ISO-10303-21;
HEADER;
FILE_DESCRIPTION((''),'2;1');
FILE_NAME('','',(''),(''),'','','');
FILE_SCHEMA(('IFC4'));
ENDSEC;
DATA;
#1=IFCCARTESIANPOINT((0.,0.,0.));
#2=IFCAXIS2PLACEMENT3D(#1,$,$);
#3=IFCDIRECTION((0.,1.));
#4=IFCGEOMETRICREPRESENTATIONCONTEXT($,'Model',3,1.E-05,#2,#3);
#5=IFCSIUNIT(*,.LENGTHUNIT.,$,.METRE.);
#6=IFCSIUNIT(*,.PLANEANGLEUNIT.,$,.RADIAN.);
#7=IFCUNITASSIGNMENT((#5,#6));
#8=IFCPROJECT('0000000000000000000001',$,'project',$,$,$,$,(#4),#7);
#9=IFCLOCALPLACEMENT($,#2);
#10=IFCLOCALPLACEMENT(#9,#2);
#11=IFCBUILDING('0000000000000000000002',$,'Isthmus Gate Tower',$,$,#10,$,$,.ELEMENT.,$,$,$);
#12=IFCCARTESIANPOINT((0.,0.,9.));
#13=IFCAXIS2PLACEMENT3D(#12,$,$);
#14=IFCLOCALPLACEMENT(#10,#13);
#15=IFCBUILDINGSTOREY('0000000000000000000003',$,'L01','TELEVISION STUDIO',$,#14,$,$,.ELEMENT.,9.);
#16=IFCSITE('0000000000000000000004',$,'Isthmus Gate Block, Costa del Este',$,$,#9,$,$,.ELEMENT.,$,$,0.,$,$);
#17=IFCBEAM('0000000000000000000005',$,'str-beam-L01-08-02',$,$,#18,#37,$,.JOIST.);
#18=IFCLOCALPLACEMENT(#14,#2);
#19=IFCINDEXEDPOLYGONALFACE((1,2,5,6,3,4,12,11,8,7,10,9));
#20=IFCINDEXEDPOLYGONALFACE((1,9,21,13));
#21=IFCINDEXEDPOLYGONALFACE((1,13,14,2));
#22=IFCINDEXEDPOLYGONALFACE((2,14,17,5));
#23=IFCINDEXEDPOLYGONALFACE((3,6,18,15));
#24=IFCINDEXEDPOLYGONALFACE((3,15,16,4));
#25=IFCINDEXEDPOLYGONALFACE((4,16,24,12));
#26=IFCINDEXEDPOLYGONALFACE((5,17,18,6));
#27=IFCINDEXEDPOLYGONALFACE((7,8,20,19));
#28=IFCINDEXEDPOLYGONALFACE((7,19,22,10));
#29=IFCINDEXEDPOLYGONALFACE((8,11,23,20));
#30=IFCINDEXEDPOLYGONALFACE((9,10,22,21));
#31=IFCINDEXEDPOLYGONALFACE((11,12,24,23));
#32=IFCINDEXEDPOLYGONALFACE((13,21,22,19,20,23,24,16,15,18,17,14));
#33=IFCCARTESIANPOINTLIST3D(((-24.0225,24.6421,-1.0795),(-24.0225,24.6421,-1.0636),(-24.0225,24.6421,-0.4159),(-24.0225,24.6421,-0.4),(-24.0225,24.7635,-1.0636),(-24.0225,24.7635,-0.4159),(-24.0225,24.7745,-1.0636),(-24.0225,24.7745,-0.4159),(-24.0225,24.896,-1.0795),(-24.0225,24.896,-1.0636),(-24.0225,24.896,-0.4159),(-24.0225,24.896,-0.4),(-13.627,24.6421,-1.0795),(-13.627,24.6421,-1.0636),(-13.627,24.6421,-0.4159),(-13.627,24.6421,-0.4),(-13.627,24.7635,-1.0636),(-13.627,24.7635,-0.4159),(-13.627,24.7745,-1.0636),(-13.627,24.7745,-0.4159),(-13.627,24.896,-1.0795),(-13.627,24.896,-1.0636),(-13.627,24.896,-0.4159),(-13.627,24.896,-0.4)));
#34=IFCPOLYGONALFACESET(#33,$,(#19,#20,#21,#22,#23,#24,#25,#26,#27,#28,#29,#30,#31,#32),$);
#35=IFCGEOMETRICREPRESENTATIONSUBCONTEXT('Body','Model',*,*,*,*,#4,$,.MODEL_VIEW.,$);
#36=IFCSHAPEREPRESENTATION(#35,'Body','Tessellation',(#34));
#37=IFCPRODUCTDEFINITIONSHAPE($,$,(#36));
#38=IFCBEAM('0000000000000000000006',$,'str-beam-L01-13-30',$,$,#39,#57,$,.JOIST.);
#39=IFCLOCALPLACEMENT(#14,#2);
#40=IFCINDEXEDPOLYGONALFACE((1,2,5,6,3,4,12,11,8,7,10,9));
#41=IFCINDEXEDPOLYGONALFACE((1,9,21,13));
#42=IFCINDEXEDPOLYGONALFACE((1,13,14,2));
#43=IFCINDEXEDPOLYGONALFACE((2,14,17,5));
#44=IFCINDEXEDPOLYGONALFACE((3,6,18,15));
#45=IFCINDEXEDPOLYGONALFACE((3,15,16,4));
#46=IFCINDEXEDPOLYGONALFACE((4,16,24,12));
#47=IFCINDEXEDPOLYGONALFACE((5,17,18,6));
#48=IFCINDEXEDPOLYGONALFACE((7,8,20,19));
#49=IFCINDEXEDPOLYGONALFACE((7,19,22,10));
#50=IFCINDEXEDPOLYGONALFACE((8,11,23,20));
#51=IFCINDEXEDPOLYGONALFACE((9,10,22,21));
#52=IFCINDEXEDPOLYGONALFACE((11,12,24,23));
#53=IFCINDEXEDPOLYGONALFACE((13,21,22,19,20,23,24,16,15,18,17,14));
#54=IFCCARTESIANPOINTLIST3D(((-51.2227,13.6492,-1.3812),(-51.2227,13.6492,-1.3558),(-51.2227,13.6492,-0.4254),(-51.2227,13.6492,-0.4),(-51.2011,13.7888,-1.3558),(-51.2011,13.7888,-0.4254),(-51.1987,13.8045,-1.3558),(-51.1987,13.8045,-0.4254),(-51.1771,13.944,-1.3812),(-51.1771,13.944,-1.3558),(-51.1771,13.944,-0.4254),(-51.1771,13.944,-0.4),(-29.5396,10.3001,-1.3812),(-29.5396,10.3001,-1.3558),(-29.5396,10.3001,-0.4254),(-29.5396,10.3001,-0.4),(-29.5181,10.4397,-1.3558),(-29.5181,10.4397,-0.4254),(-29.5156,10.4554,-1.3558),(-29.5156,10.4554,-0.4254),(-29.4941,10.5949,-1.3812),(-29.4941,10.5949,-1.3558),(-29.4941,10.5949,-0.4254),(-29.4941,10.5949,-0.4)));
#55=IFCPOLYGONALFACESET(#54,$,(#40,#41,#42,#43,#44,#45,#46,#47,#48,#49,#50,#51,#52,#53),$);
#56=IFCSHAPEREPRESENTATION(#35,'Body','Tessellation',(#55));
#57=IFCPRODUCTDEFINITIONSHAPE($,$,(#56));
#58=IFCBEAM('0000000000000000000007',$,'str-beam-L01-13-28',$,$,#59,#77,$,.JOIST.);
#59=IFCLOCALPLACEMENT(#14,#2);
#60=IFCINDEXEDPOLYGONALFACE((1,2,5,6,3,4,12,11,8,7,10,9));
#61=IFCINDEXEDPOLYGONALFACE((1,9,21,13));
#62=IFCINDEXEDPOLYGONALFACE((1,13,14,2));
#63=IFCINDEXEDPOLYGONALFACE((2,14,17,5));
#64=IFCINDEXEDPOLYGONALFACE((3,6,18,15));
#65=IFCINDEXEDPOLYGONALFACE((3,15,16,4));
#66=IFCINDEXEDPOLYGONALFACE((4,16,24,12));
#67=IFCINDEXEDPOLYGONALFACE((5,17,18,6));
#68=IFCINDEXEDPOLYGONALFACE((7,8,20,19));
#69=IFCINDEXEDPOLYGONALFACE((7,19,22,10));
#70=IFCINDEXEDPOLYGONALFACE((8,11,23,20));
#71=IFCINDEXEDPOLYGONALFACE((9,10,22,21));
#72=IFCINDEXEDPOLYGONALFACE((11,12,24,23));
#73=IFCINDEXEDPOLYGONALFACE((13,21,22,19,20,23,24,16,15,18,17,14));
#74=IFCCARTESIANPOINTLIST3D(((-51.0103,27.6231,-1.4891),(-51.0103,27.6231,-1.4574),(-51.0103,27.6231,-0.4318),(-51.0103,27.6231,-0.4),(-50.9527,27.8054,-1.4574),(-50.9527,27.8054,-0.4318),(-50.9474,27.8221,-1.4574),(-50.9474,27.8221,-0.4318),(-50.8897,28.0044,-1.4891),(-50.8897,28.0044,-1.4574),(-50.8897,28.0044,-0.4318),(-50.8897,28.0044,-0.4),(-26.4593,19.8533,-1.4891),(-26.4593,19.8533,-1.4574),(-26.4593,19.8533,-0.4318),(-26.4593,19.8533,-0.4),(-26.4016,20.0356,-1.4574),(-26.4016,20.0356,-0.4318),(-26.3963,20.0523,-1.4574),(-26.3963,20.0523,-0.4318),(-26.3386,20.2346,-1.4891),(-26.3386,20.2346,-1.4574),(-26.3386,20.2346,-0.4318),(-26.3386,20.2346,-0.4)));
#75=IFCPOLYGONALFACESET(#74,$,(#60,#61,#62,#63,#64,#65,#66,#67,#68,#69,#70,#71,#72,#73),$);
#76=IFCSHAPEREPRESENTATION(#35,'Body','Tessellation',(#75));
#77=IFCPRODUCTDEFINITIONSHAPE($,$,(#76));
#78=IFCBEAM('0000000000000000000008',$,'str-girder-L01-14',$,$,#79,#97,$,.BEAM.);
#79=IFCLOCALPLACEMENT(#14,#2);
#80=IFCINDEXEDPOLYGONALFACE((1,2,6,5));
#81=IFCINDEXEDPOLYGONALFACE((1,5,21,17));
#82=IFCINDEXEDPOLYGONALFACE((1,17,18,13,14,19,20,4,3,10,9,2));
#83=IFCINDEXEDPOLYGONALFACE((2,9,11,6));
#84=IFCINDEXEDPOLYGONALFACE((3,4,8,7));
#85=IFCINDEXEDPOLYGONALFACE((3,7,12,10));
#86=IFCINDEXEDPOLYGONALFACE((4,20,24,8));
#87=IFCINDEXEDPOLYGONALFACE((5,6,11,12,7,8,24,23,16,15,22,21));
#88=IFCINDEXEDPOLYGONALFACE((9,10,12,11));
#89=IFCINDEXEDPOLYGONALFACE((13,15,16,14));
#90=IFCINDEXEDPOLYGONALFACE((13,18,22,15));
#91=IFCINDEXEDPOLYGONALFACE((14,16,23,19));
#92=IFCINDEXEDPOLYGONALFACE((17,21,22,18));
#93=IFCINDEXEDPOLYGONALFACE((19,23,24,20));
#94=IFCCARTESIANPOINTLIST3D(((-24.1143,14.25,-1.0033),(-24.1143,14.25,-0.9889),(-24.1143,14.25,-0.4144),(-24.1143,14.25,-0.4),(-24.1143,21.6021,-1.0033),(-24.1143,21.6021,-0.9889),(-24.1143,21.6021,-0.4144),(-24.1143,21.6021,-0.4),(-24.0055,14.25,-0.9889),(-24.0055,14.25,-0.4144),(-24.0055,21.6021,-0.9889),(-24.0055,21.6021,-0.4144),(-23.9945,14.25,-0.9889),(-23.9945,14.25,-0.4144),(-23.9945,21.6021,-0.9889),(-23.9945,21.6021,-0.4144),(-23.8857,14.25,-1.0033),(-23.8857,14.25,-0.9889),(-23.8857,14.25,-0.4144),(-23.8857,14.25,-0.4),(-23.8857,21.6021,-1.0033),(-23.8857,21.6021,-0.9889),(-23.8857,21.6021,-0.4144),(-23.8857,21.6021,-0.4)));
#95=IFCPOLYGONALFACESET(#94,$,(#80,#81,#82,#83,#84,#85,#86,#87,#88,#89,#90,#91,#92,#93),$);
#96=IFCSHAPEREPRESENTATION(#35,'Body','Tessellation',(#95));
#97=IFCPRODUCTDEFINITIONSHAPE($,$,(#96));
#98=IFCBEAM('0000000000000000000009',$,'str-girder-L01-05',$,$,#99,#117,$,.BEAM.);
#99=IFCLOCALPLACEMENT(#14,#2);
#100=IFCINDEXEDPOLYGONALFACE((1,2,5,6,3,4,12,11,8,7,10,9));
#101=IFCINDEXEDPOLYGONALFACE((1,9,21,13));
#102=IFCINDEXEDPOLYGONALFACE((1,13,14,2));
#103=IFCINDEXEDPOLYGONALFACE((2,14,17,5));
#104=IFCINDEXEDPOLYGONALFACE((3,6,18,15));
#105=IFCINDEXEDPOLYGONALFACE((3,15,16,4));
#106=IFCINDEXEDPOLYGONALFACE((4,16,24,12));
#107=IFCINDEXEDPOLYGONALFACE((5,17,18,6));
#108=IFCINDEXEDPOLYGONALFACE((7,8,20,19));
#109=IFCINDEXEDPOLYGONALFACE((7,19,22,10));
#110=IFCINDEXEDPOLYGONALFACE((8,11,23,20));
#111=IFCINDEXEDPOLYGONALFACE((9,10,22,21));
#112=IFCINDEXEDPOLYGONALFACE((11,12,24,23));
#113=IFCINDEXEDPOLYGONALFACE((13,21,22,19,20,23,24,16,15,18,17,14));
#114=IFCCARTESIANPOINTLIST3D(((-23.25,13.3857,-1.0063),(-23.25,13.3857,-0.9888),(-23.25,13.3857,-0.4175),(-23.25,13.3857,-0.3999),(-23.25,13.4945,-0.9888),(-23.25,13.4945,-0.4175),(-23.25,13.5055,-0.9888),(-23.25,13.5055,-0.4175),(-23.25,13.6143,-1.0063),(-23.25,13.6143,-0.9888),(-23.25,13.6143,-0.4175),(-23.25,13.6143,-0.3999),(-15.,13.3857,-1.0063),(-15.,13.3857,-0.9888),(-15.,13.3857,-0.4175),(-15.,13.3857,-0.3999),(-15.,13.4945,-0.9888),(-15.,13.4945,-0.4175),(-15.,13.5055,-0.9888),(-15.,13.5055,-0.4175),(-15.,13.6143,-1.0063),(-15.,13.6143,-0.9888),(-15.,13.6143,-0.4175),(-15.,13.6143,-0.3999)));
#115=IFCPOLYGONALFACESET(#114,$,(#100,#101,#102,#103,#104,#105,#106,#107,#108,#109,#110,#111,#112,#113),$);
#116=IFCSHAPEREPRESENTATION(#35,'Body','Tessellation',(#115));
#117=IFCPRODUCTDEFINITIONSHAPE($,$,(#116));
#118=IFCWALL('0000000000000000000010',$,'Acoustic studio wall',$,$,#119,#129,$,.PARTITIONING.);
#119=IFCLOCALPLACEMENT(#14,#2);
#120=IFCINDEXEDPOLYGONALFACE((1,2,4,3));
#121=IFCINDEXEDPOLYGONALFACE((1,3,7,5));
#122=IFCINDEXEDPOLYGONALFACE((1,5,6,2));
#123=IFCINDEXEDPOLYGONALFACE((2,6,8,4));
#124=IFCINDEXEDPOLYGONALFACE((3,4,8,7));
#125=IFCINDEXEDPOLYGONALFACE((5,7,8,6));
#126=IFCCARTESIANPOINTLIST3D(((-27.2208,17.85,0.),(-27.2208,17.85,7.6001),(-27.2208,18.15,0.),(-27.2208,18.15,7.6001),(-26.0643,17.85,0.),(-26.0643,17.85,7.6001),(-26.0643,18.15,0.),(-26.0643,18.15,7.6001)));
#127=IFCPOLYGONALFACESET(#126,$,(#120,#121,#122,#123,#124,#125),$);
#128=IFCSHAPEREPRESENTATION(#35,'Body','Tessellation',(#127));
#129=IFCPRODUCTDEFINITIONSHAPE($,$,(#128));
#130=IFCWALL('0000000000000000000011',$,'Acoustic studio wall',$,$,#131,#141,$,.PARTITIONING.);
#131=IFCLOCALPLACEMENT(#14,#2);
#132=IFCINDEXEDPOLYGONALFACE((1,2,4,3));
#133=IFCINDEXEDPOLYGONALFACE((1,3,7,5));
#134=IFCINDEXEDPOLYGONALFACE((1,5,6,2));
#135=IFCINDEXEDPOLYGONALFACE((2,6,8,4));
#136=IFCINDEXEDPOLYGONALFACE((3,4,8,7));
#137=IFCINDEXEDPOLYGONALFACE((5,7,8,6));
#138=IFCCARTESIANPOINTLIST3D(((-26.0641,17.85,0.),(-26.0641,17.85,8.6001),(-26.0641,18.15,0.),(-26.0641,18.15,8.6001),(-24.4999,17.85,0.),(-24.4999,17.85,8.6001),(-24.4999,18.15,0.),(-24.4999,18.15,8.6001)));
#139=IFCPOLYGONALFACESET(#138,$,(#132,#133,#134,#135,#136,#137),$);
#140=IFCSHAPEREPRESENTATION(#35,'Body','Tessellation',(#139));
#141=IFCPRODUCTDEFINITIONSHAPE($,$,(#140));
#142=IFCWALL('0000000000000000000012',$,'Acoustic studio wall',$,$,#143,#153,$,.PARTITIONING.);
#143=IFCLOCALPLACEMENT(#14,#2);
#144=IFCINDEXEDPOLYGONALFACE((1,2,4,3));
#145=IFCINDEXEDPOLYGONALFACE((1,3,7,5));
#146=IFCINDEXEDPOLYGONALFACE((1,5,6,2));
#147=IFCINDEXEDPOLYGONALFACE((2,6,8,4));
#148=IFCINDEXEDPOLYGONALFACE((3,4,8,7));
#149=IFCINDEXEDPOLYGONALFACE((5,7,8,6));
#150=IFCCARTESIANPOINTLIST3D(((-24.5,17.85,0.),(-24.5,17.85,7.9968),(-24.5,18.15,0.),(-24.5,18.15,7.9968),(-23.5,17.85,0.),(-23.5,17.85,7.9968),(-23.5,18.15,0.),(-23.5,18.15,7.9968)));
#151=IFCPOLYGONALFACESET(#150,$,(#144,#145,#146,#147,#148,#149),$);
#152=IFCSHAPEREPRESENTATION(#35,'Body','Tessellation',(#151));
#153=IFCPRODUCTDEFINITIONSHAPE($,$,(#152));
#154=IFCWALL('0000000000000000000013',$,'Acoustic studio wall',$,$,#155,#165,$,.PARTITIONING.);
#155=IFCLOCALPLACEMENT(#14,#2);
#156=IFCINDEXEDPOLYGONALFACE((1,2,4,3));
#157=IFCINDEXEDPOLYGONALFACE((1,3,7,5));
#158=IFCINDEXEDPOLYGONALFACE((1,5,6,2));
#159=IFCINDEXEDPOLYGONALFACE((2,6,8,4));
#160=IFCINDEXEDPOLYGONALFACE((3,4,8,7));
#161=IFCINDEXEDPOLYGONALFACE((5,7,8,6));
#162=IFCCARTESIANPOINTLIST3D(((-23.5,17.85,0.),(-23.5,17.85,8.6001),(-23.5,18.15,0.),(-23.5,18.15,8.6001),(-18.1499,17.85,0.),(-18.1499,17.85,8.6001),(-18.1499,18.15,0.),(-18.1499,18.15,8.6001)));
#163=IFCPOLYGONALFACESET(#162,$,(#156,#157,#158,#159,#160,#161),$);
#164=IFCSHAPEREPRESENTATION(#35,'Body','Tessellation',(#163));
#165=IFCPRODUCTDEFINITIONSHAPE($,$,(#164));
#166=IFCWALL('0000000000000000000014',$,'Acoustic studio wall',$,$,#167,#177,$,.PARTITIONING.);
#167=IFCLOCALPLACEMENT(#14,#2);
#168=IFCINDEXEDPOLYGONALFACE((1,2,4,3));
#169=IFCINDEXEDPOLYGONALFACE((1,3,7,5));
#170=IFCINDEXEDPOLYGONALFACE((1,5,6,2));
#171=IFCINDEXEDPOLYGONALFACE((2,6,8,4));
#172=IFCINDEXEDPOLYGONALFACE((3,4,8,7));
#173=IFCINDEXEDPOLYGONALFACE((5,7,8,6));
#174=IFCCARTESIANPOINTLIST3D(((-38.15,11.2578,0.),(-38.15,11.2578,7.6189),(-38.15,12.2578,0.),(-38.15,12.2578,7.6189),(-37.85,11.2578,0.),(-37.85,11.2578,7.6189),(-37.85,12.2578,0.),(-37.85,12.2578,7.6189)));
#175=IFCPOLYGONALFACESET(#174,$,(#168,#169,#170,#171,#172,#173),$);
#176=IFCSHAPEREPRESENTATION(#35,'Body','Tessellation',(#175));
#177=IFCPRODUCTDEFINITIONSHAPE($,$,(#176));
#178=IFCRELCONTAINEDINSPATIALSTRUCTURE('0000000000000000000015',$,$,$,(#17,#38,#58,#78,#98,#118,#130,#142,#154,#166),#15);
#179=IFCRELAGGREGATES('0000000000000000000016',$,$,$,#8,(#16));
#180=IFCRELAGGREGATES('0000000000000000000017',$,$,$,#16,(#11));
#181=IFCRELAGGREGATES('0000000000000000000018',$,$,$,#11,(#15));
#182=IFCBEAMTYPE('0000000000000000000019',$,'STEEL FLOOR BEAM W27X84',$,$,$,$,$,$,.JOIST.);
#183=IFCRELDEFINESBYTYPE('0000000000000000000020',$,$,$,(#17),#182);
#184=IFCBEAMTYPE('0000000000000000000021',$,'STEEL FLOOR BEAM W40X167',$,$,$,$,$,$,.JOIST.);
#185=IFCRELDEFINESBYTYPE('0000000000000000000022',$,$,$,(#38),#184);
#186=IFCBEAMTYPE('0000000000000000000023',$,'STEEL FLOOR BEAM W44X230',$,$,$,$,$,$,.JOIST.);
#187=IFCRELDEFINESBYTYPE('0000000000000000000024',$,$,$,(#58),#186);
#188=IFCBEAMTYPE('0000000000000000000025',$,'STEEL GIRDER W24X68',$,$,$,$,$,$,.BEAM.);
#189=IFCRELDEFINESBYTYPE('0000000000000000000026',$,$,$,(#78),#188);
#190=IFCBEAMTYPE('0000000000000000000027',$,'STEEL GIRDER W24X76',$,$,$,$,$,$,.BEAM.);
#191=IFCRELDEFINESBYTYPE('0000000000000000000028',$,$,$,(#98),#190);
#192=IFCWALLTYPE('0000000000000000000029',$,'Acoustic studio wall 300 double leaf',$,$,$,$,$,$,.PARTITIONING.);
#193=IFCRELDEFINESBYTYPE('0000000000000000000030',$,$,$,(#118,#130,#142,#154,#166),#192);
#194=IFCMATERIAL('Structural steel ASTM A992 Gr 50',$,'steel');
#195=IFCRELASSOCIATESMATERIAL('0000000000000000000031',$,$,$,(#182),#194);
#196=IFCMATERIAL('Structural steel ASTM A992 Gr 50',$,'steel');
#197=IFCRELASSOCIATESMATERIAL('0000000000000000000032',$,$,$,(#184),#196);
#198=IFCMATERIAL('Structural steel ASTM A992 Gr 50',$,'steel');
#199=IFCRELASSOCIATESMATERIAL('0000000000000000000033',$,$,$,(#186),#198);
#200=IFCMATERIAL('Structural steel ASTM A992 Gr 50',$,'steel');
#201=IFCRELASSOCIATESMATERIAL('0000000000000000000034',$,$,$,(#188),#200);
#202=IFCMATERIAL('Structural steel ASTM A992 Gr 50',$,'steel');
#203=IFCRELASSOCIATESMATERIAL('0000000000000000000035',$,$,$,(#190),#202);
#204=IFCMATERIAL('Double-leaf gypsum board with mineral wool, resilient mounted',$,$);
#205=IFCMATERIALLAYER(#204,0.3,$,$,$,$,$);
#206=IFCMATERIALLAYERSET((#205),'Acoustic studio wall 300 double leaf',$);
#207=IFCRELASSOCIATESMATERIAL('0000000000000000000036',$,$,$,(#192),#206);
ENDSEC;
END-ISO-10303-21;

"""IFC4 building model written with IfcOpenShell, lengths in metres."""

from ifc_helpers import new_model, si_unit, direction, frame, frame_2d, origin, origin_2d, place, context, subcontext, project, spatial, rectangle, i_section, extrude, material, layer, layer_set, material_profile, profile_set, type_object, element, save


model = new_model("IFC4")

# Units and contexts
model_context = context("Model", 3, precision=1e-05, world=origin(), true_north=direction((0.0, 1.0)))
body_context = subcontext(model_context, "Body", "Model", "MODEL_VIEW")
ifc_project = project(units=[si_unit("LENGTHUNIT", "METRE"), si_unit("PLANEANGLEUNIT", "RADIAN")], contexts=[model_context])

# Site, building, storey
site_placement = place(None, origin())
site = spatial("IfcSite", under=ifc_project, at=site_placement, Name="Isthmus Gate Block, Costa del Este", CompositionType="ELEMENT", RefElevation=0.0)
building_placement = place(site_placement, origin())
building = spatial("IfcBuilding", under=site, at=building_placement, Name="Isthmus Gate Tower", CompositionType="ELEMENT")
storey_placement = place(building_placement, frame((0.0, 0.0, 9.0)))
storey = spatial("IfcBuildingStorey", under=building, at=storey_placement, Name="L01", Description="TELEVISION STUDIO", CompositionType="ELEMENT", Elevation=9.0)

# Beams
ifc_material_1 = material(Name="Structural steel ASTM A992 Gr 50", Category="steel")
ifc_material_profile_1 = material_profile(ifc_material_1, i_section(OverallWidth=0.2539, OverallDepth=0.6794, WebThickness=0.011, FlangeThickness=0.0159, at=origin_2d()), Name="W27X84")
ifc_profile_set_1 = profile_set([ifc_material_profile_1], Name="Structural steel ASTM A992 Gr 50")
beam_type_1 = type_object("IfcBeamType", Name="STEEL FLOOR BEAM W27X84", PredefinedType="JOIST", material=ifc_profile_set_1)
beam_1_placement = place(storey_placement, frame((-24.0225, 24.769, -0.7397), z_axis=(1.0, 0.0, 0.0), x_axis=(0.0, 1.0, 0.0)))
element("IfcBeam", 1, at=beam_1_placement, inside=storey, type_object=beam_type_1, Name="str-beam-L01-08-02", PredefinedType="JOIST", context=body_context, shape_type="SweptSolid", body=[
    extrude(i_section(OverallWidth=0.2539, OverallDepth=0.6794, WebThickness=0.011, FlangeThickness=0.0159, at=origin_2d()), origin(), (0.0, 0.0, 1.0), 10.3955),
])
ifc_material_2 = material(Name="Structural steel ASTM A992 Gr 50", Category="steel")
ifc_material_profile_2 = material_profile(ifc_material_2, i_section(OverallWidth=0.2983, OverallDepth=0.9812, WebThickness=0.0159, FlangeThickness=0.0254, at=origin_2d()), Name="W40X167")
ifc_profile_set_2 = profile_set([ifc_material_profile_2], Name="Structural steel ASTM A992 Gr 50")
beam_type_2 = type_object("IfcBeamType", Name="STEEL FLOOR BEAM W40X167", PredefinedType="JOIST", material=ifc_profile_set_2)
beam_2_placement = place(storey_placement, frame((-29.5168, 10.4475, -0.8906), z_axis=(-0.988281, 0.152647, 0.0), x_axis=(-0.152647, -0.988281, 0.0)))
element("IfcBeam", 2, at=beam_2_placement, inside=storey, type_object=beam_type_2, Name="str-beam-L01-13-30", PredefinedType="JOIST", context=body_context, shape_type="SweptSolid", body=[
    extrude(i_section(OverallWidth=0.2983, OverallDepth=0.9812, WebThickness=0.0159, FlangeThickness=0.0254, at=origin_2d()), origin(), (0.0, 0.0, 1.0), 21.9402),
])
ifc_material_3 = material(Name="Structural steel ASTM A992 Gr 50", Category="steel")
ifc_material_profile_3 = material_profile(ifc_material_3, i_section(OverallWidth=0.3999, OverallDepth=1.0891, WebThickness=0.0176, FlangeThickness=0.0317, at=origin_2d()), Name="W44X230")
ifc_profile_set_3 = profile_set([ifc_material_profile_3], Name="Structural steel ASTM A992 Gr 50")
beam_type_3 = type_object("IfcBeamType", Name="STEEL FLOOR BEAM W44X230", PredefinedType="JOIST", material=ifc_profile_set_3)
beam_3_placement = place(storey_placement, frame((-26.3989, 20.0439, -0.9446), z_axis=(-0.953395, 0.301725, 0.0), x_axis=(-0.301725, -0.953395, 0.0)))
element("IfcBeam", 3, at=beam_3_placement, inside=storey, type_object=beam_type_3, Name="str-beam-L01-13-28", PredefinedType="JOIST", context=body_context, shape_type="SweptSolid", body=[
    extrude(i_section(OverallWidth=0.3999, OverallDepth=1.0891, WebThickness=0.0176, FlangeThickness=0.0317, at=origin_2d()), origin(), (0.0, 0.0, 1.0), 25.7512),
])
ifc_material_4 = material(Name="Structural steel ASTM A992 Gr 50", Category="steel")
ifc_material_profile_4 = material_profile(ifc_material_4, i_section(OverallWidth=0.2285, OverallDepth=0.6033, WebThickness=0.011, FlangeThickness=0.0144, at=origin_2d()), Name="W24X68")
ifc_profile_set_4 = profile_set([ifc_material_profile_4], Name="Structural steel ASTM A992 Gr 50")
beam_type_4 = type_object("IfcBeamType", Name="STEEL GIRDER W24X68", PredefinedType="BEAM", material=ifc_profile_set_4)
beam_4_placement = place(storey_placement, frame((-24.0, 14.25, -0.7017), z_axis=(0.0, 1.0, 0.0), x_axis=(-1.0, 0.0, 0.0)))
element("IfcBeam", 4, at=beam_4_placement, inside=storey, type_object=beam_type_4, Name="str-girder-L01-14", PredefinedType="BEAM", context=body_context, shape_type="SweptSolid", body=[
    extrude(i_section(OverallWidth=0.2285, OverallDepth=0.6033, WebThickness=0.011, FlangeThickness=0.0144, at=origin_2d()), origin(), (0.0, 0.0, 1.0), 7.3521),
])
ifc_material_5 = material(Name="Structural steel ASTM A992 Gr 50", Category="steel")
ifc_material_profile_5 = material_profile(ifc_material_5, i_section(OverallWidth=0.2285, OverallDepth=0.6064, WebThickness=0.011, FlangeThickness=0.0176, at=origin_2d()), Name="W24X76")
ifc_profile_set_5 = profile_set([ifc_material_profile_5], Name="Structural steel ASTM A992 Gr 50")
beam_type_5 = type_object("IfcBeamType", Name="STEEL GIRDER W24X76", PredefinedType="BEAM", material=ifc_profile_set_5)
beam_5_placement = place(storey_placement, frame((-23.25, 13.5, -0.7031), z_axis=(1.0, 0.0, 0.0), x_axis=(0.0, 1.0, 0.0)))
element("IfcBeam", 5, at=beam_5_placement, inside=storey, type_object=beam_type_5, Name="str-girder-L01-05", PredefinedType="BEAM", context=body_context, shape_type="SweptSolid", body=[
    extrude(i_section(OverallWidth=0.2285, OverallDepth=0.6064, WebThickness=0.011, FlangeThickness=0.0176, at=origin_2d()), origin(), (0.0, 0.0, 1.0), 8.25),
])

# Walls
ifc_material_6 = material(Name="Double-leaf gypsum board with mineral wool, resilient mounted")
ifc_layer_1 = layer(ifc_material_6, 0.3)
ifc_layer_set_1 = layer_set([ifc_layer_1], Name="Acoustic studio wall 300 double leaf")
wall_type_1 = type_object("IfcWallType", Name="Acoustic studio wall 300 double leaf", PredefinedType="PARTITIONING", material=ifc_layer_set_1)
wall_1_placement = place(storey_placement, frame((-27.2207, 18.0, 0.0), z_axis=(0.0, 0.0, 1.0), x_axis=(1.0, 0.0, 0.0)))
element("IfcWall", 6, at=wall_1_placement, inside=storey, type_object=wall_type_1, Name="Acoustic studio wall", PredefinedType="PARTITIONING", context=body_context, shape_type="SweptSolid", body=[
    extrude(rectangle(XDim=1.1565, YDim=0.3, at=frame_2d((0.5781, 0.0))), origin(), (0.0, 0.0, 1.0), 7.6001),
])
wall_2_placement = place(storey_placement, frame((-26.0642, 18.0, 0.0), z_axis=(0.0, 0.0, 1.0), x_axis=(1.0, 0.0, 0.0)))
element("IfcWall", 7, at=wall_2_placement, inside=storey, type_object=wall_type_1, Name="Acoustic studio wall", PredefinedType="PARTITIONING", context=body_context, shape_type="SweptSolid", body=[
    extrude(rectangle(XDim=1.5642, YDim=0.3, at=frame_2d((0.7822, 0.0))), origin(), (0.0, 0.0, 1.0), 8.6001),
])
wall_3_placement = place(storey_placement, frame((-24.5, 18.0, 0.0), z_axis=(0.0, 0.0, 1.0), x_axis=(1.0, 0.0, 0.0)))
element("IfcWall", 8, at=wall_3_placement, inside=storey, type_object=wall_type_1, Name="Acoustic studio wall", PredefinedType="PARTITIONING", context=body_context, shape_type="SweptSolid", body=[
    extrude(rectangle(XDim=1.0, YDim=0.3, at=frame_2d((0.5, 0.0))), origin(), (0.0, 0.0, 1.0), 7.9968),
])
wall_4_placement = place(storey_placement, frame((-23.5, 18.0, 0.0), z_axis=(0.0, 0.0, 1.0), x_axis=(1.0, 0.0, 0.0)))
element("IfcWall", 9, at=wall_4_placement, inside=storey, type_object=wall_type_1, Name="Acoustic studio wall", PredefinedType="PARTITIONING", context=body_context, shape_type="SweptSolid", body=[
    extrude(rectangle(XDim=5.3501, YDim=0.3, at=frame_2d((2.675, 0.0))), origin(), (0.0, 0.0, 1.0), 8.6001),
])
wall_5_placement = place(storey_placement, frame((-38.0, 11.2578, 0.0), z_axis=(0.0, 0.0, 1.0), x_axis=(0.0, 1.0, 0.0)))
element("IfcWall", 10, at=wall_5_placement, inside=storey, type_object=wall_type_1, Name="Acoustic studio wall", PredefinedType="PARTITIONING", context=body_context, shape_type="SweptSolid", body=[
    extrude(rectangle(XDim=1.0, YDim=0.3, at=frame_2d((0.5, 0.0))), origin(), (0.0, 0.0, 1.0), 7.6189),
])

save(model, "model.ifc")
